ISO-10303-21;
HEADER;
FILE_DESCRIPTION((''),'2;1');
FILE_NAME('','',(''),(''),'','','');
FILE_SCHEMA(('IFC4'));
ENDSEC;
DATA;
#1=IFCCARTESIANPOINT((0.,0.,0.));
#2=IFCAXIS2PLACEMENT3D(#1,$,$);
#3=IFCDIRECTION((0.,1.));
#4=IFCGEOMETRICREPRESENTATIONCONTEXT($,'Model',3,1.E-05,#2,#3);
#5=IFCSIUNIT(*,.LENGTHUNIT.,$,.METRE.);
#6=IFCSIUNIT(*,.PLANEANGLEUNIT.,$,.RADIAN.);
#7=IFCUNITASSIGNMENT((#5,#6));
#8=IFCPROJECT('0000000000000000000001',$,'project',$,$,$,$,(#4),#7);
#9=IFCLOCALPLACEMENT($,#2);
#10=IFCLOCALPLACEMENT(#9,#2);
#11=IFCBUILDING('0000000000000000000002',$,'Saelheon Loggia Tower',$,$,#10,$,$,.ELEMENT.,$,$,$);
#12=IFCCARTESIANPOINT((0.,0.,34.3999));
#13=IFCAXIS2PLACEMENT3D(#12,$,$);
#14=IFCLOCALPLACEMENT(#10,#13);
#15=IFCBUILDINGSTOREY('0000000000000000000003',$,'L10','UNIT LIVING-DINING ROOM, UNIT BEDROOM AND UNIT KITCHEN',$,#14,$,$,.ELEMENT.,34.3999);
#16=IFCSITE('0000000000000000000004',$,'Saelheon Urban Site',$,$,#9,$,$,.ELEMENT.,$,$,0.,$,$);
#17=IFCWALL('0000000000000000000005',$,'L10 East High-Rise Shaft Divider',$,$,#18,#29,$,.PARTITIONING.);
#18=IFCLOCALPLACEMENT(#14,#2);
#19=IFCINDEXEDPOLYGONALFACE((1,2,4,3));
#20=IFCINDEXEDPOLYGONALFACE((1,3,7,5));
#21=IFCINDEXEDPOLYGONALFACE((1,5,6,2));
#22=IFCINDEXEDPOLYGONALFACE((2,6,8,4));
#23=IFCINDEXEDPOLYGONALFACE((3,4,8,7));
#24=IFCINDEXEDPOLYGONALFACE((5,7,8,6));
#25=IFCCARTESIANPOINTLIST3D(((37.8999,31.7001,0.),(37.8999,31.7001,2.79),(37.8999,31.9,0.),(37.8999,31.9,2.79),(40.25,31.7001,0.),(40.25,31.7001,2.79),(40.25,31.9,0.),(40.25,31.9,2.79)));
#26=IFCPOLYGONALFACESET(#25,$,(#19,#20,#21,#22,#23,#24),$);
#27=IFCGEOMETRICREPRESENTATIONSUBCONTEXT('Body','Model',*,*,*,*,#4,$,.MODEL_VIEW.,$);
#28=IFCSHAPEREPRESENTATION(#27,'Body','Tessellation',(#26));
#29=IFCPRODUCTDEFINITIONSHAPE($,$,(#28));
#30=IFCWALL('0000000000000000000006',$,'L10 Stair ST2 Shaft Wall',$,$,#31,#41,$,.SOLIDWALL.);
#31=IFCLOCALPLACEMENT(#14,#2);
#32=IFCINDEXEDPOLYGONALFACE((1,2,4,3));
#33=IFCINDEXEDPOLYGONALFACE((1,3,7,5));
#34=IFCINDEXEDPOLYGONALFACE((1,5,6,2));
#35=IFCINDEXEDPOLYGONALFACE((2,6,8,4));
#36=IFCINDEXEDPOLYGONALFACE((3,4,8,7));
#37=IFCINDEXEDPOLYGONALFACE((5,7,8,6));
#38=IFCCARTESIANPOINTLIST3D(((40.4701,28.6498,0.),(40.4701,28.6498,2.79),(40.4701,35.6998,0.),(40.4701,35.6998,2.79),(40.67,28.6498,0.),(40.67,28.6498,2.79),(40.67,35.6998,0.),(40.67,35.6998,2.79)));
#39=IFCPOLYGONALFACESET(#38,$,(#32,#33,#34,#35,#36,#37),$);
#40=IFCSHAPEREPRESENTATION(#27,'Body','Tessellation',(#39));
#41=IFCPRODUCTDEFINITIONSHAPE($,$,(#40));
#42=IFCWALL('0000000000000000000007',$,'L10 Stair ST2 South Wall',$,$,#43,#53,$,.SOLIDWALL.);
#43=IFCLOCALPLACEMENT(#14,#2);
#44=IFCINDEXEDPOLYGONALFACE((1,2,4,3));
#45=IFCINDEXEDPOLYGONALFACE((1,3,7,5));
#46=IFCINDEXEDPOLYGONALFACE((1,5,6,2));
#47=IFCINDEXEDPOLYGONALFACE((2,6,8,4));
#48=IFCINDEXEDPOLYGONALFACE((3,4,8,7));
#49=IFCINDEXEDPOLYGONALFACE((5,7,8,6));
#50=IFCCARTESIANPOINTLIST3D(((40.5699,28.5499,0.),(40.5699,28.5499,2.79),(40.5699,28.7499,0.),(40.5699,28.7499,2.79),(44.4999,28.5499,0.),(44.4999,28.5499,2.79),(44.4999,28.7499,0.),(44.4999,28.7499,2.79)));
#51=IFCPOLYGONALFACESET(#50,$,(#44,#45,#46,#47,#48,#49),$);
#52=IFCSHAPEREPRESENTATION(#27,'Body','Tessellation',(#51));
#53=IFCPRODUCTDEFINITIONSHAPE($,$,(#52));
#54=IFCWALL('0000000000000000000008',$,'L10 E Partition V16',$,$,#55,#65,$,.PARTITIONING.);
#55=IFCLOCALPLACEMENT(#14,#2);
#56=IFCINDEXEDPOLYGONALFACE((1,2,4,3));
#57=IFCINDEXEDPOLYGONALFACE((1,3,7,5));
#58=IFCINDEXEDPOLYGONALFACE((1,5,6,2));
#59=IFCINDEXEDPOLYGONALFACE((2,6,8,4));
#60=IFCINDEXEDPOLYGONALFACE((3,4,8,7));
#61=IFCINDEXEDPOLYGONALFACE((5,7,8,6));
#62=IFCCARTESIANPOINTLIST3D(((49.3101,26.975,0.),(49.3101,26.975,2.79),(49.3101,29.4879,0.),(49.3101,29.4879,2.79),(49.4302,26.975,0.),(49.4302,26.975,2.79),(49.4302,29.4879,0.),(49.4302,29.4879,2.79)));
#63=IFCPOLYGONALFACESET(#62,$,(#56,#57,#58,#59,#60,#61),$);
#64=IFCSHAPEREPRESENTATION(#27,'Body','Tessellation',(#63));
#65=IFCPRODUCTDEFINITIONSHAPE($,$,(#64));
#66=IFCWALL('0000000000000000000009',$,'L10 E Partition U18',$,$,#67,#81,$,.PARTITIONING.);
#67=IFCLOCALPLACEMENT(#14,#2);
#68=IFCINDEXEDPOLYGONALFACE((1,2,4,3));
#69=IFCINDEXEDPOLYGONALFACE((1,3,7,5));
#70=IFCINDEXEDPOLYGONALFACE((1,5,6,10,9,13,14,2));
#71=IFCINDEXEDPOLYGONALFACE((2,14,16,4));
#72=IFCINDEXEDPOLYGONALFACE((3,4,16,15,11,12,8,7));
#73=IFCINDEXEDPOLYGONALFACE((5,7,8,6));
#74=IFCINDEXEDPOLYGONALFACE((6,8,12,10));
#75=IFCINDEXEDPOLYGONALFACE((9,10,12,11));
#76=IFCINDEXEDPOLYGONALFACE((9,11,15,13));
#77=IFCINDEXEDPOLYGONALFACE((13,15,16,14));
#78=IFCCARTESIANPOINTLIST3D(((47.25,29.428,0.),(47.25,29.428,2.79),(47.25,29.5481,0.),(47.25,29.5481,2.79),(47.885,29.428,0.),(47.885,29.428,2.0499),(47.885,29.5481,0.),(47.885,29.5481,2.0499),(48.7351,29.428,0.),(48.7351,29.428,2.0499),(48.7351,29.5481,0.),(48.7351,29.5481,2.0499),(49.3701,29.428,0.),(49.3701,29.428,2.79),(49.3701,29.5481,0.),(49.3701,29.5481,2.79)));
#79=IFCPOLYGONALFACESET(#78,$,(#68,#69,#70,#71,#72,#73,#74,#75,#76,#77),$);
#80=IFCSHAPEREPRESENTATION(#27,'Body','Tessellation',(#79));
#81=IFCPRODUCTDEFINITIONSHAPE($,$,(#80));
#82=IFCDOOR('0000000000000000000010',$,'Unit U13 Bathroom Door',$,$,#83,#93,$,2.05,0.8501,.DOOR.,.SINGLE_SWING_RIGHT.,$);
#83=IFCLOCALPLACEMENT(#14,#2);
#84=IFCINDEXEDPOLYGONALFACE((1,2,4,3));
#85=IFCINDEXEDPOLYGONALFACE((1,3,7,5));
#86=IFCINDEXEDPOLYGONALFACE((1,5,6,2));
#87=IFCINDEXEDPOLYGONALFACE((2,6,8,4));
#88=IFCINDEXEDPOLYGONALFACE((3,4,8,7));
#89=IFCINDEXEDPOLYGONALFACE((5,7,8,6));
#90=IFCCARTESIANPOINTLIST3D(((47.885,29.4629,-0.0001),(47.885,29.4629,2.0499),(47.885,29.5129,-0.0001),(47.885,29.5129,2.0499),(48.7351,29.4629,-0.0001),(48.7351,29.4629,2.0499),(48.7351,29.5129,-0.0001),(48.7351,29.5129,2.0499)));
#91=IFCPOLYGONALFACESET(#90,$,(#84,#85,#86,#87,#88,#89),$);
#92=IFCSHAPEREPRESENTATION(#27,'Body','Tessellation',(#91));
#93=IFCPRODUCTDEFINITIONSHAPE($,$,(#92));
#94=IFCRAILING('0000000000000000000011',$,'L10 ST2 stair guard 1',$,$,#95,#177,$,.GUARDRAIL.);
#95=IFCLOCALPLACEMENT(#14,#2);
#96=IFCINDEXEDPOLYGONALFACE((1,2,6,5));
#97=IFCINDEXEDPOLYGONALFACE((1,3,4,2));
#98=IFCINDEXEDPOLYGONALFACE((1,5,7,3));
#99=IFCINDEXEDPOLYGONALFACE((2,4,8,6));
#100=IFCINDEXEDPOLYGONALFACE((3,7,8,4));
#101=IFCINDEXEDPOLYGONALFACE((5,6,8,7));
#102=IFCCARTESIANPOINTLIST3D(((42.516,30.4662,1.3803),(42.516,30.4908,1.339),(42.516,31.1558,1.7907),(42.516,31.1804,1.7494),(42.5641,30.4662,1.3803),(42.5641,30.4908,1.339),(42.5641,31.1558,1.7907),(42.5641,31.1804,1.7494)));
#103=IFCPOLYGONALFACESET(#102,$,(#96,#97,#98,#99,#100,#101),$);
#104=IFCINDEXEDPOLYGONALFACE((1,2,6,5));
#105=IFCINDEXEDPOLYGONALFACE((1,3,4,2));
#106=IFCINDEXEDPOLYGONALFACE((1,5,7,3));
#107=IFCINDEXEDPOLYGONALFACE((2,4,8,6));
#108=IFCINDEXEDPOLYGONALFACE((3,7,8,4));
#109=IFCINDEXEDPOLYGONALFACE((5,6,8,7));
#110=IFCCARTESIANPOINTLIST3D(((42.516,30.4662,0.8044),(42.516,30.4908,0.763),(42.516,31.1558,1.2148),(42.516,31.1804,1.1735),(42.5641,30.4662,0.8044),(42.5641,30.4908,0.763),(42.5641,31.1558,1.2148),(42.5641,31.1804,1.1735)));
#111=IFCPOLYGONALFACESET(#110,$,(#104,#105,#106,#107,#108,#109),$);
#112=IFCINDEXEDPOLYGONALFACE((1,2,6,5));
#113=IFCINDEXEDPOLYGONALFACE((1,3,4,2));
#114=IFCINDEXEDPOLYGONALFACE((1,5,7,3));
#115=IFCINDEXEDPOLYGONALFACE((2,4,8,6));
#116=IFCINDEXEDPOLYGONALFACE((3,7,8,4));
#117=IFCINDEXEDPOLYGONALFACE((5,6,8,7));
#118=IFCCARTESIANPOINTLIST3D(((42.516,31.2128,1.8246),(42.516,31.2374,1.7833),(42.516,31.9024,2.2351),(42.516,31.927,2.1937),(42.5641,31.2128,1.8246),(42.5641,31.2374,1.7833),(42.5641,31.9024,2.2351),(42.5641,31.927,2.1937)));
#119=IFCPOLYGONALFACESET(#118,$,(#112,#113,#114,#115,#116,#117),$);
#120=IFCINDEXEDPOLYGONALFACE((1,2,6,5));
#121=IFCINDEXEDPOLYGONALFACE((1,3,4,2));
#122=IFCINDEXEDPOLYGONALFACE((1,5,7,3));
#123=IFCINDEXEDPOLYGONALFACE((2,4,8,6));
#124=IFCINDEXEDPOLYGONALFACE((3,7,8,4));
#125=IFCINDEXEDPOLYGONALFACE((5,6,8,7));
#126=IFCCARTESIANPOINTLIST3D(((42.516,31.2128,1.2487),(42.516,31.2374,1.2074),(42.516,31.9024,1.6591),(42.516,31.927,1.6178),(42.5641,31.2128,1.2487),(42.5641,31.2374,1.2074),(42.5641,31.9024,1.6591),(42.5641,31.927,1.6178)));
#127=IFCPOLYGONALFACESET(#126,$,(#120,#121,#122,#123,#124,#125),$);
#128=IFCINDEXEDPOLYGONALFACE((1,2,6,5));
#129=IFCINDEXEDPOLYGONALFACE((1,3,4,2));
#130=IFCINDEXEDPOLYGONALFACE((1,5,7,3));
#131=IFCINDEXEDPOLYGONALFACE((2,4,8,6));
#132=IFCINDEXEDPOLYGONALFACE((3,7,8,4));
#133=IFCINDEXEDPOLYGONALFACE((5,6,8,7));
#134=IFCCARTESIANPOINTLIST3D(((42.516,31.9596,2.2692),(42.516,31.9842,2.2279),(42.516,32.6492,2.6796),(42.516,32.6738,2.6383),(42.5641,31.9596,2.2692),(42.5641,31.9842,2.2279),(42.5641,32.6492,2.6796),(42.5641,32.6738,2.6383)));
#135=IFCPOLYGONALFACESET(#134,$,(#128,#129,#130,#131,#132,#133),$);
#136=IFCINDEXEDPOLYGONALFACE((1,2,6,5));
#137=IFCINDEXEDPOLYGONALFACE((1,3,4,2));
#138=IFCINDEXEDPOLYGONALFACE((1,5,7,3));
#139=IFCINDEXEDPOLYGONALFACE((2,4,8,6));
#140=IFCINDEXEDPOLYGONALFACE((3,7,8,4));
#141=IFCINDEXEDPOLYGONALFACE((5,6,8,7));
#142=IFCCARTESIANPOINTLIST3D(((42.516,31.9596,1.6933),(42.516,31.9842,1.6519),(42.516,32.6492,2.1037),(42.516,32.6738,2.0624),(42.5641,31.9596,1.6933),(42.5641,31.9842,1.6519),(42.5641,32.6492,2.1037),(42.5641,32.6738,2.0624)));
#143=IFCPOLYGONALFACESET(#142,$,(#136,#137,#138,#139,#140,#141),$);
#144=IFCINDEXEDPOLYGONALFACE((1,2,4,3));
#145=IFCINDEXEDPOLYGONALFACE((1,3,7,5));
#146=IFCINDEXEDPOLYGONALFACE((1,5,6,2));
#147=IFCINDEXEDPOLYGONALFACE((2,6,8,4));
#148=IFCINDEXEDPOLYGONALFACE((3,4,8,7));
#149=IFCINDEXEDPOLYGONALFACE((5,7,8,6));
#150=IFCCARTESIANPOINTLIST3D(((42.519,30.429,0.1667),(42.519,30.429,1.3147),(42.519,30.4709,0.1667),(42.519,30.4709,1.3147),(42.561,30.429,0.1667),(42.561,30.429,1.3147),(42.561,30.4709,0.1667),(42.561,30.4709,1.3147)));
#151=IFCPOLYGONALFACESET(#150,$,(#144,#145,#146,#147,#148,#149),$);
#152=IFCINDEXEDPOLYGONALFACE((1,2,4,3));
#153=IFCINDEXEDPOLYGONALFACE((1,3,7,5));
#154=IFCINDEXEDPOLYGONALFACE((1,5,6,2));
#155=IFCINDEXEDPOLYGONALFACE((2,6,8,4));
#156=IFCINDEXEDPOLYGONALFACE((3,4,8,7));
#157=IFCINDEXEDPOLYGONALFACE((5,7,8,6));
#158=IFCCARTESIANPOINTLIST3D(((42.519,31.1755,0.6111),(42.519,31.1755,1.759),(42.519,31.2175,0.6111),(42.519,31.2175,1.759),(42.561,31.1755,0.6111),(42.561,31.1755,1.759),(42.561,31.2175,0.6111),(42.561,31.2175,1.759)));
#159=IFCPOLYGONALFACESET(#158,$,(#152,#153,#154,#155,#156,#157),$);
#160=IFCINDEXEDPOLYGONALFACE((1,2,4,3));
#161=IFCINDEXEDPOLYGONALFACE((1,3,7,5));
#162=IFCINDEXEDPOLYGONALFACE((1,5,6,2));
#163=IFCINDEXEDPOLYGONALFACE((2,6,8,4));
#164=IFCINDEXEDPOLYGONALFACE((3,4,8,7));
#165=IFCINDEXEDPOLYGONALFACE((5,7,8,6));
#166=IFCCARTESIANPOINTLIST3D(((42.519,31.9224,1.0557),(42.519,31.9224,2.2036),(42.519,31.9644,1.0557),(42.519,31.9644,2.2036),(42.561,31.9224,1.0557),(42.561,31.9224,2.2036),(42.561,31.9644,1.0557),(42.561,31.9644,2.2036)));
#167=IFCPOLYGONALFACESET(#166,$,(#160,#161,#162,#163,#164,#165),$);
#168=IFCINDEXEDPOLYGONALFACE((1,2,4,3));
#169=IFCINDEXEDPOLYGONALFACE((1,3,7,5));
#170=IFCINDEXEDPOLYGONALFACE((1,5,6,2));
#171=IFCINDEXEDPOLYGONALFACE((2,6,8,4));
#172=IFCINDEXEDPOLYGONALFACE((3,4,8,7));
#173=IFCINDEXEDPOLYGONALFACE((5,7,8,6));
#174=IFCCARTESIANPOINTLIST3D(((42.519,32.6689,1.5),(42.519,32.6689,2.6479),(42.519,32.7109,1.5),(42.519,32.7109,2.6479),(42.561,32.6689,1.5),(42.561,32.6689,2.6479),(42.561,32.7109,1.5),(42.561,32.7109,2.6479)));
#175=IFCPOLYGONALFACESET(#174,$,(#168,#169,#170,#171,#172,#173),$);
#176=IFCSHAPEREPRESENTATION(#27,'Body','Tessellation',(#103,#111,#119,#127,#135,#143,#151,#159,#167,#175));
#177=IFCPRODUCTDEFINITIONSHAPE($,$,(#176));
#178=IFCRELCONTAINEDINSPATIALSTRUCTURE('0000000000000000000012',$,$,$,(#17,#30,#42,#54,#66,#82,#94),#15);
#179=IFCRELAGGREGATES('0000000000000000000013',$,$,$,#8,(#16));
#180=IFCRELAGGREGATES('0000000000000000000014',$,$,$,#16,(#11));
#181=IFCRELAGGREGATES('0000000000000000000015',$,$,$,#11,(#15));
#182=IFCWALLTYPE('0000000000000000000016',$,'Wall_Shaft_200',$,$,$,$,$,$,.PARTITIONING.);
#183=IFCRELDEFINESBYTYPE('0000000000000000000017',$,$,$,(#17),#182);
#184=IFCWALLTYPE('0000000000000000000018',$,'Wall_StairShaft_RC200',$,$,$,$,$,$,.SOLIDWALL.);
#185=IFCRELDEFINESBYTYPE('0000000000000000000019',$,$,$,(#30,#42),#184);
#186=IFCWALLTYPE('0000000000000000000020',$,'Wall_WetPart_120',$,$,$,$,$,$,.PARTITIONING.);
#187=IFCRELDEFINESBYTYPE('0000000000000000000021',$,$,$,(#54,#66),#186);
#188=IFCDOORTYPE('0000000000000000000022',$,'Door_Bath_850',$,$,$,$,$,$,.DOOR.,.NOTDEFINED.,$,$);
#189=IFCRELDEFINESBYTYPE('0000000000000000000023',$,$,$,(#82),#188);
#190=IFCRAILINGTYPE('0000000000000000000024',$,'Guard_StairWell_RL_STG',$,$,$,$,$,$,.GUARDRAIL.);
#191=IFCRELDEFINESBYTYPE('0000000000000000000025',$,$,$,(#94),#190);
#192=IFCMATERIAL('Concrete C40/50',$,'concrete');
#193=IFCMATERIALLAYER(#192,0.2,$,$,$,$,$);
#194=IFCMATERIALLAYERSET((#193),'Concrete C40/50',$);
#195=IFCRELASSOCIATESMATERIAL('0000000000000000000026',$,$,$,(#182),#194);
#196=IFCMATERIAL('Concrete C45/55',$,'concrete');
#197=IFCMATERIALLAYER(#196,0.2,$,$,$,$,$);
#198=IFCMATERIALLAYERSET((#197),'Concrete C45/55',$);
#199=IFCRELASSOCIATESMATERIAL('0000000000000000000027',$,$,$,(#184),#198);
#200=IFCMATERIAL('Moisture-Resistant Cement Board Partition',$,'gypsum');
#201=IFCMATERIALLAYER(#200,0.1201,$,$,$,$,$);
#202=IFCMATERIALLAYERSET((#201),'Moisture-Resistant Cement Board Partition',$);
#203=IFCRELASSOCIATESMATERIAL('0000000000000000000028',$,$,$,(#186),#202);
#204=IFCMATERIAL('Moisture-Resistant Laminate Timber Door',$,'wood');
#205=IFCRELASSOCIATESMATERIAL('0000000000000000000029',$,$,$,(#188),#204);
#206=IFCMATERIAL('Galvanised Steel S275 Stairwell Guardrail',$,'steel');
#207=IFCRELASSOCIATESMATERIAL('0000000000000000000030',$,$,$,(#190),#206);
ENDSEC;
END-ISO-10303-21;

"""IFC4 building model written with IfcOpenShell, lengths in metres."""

from ifc_helpers import new_model, si_unit, direction, frame, frame_2d, origin, origin_2d, place, context, subcontext, project, spatial, rectangle, extrude, source, transform, mapped, material, layer, layer_set, type_object, element, fill, save


model = new_model("IFC4")

# Units and contexts
model_context = context("Model", 3, precision=1e-05, world=origin(), true_north=direction((0.0, 1.0)))
body_context = subcontext(model_context, "Body", "Model", "MODEL_VIEW")
ifc_project = project(units=[si_unit("LENGTHUNIT", "METRE"), si_unit("PLANEANGLEUNIT", "RADIAN")], contexts=[model_context])

# Site, building, storey
site_placement = place(None, origin())
site = spatial("IfcSite", under=ifc_project, at=site_placement, Name="Saelheon Urban Site", CompositionType="ELEMENT", RefElevation=0.0)
building_placement = place(site_placement, origin())
building = spatial("IfcBuilding", under=site, at=building_placement, Name="Saelheon Loggia Tower", CompositionType="ELEMENT")
storey_placement = place(building_placement, frame((0.0, 0.0, 34.3999)))
storey = spatial("IfcBuildingStorey", under=building, at=storey_placement, Name="L10", Description="UNIT LIVING-DINING ROOM, UNIT BEDROOM AND UNIT KITCHEN", CompositionType="ELEMENT", Elevation=34.3999)

# Shared definitions
ifc_material_1 = material(Name="Concrete C40/50", Category="concrete")
ifc_layer_1 = layer(ifc_material_1, 0.2)
ifc_layer_set_1 = layer_set([ifc_layer_1], Name="Concrete C40/50")
wall_type_1 = type_object("IfcWallType", Name="Wall_Shaft_200", PredefinedType="PARTITIONING", material=ifc_layer_set_1)

# Walls
wall_1_placement = place(storey_placement, frame((37.8999, 31.8, 0.0), z_axis=(0.0, 0.0, 1.0), x_axis=(1.0, 0.0, 0.0)))
element("IfcWall", 1, at=wall_1_placement, inside=storey, type_object=wall_type_1, Name="L10 East High-Rise Shaft Divider", PredefinedType="PARTITIONING", context=body_context, shape_type="SweptSolid", body=[
    extrude(rectangle(XDim=2.3501, YDim=0.2, at=frame_2d((1.175, 0.0))), origin(), (0.0, 0.0, 1.0), 2.79),
])
ifc_material_2 = material(Name="Concrete C45/55", Category="concrete")
ifc_layer_2 = layer(ifc_material_2, 0.2)
ifc_layer_set_2 = layer_set([ifc_layer_2], Name="Concrete C45/55")
wall_type_2 = type_object("IfcWallType", Name="Wall_StairShaft_RC200", PredefinedType="SOLIDWALL", material=ifc_layer_set_2)
wall_2_placement = place(storey_placement, frame((40.5701, 28.6499, 0.0), z_axis=(0.0, 0.0, 1.0), x_axis=(0.0, 1.0, 0.0)))
element("IfcWall", 2, at=wall_2_placement, inside=storey, type_object=wall_type_2, Name="L10 Stair ST2 Shaft Wall", PredefinedType="SOLIDWALL", context=body_context, shape_type="SweptSolid", body=[
    extrude(rectangle(XDim=7.05, YDim=0.2, at=frame_2d((3.5249, 0.0))), origin(), (0.0, 0.0, 1.0), 2.79),
])
wall_3_placement = place(storey_placement, frame((40.5701, 28.6499, 0.0), z_axis=(0.0, 0.0, 1.0), x_axis=(1.0, 0.0, 0.0)))
element("IfcWall", 3, at=wall_3_placement, inside=storey, type_object=wall_type_2, Name="L10 Stair ST2 South Wall", PredefinedType="SOLIDWALL", context=body_context, shape_type="SweptSolid", body=[
    extrude(rectangle(XDim=3.9299, YDim=0.2, at=frame_2d((1.9648, 0.0))), origin(), (0.0, 0.0, 1.0), 2.79),
])
ifc_material_3 = material(Name="Moisture-Resistant Cement Board Partition", Category="gypsum")
ifc_layer_3 = layer(ifc_material_3, 0.1201)
ifc_layer_set_3 = layer_set([ifc_layer_3], Name="Moisture-Resistant Cement Board Partition")
wall_type_3 = type_object("IfcWallType", Name="Wall_WetPart_120", PredefinedType="PARTITIONING", material=ifc_layer_set_3)
wall_4_placement = place(storey_placement, frame((49.3701, 26.9751, 0.0), z_axis=(0.0, 0.0, 1.0), x_axis=(0.0, 1.0, 0.0)))
element("IfcWall", 4, at=wall_4_placement, inside=storey, type_object=wall_type_3, Name="L10 E Partition V16", PredefinedType="PARTITIONING", context=body_context, shape_type="SweptSolid", body=[
    extrude(rectangle(XDim=2.5129, YDim=0.1201, at=frame_2d((1.2563, 0.0))), origin(), (0.0, 0.0, 1.0), 2.79),
])

# Wall, opening, door
wall_5_placement = place(storey_placement, frame((47.25, 29.488, 0.0), z_axis=(0.0, 0.0, 1.0), x_axis=(1.0, 0.0, 0.0)))
wall_5 = element("IfcWall", 5, at=wall_5_placement, inside=storey, type_object=wall_type_3, Name="L10 E Partition U18", PredefinedType="PARTITIONING", context=body_context, shape_type="SweptSolid", body=[
    extrude(rectangle(XDim=2.1201, YDim=0.1201, at=frame_2d((1.0601, 0.0))), origin(), (0.0, 0.0, 1.0), 2.79),
])
opening_1_placement = place(wall_5_placement, frame((0.635, 0.0, 0.0)))
opening_1 = element("IfcOpeningElement", 6, at=opening_1_placement, cuts=wall_5, PredefinedType="OPENING", context=body_context, shape_type="SweptSolid", body=[
    extrude(rectangle(XDim=0.8501, YDim=2.05, at=frame_2d((0.425, 1.0249))), frame((0.0, 0.072, 0.0), z_axis=(0.0, -1.0, 0.0), x_axis=(1.0, 0.0, 0.0)), (0.0, 0.0, 1.0), 0.144),
])
ifc_material_4 = material(Name="Moisture-Resistant Laminate Timber Door", Category="wood")
door_type_1 = type_object("IfcDoorType", Name="Door_Bath_850", OperationType="NOTDEFINED", PredefinedType="DOOR", material=ifc_material_4)
shared_shape_1 = source(origin(), body_context, "Body", "SweptSolid", [
    extrude(rectangle(XDim=0.8501, YDim=2.05, at=frame_2d((0.425, 1.0249))), frame((0.0, 0.0249, 0.0), z_axis=(0.0, -1.0, 0.0), x_axis=(1.0, 0.0, 0.0)), (0.0, 0.0, 1.0), 0.05),
])
door_1_placement = place(opening_1_placement, origin())
door_1 = element("IfcDoor", 7, at=door_1_placement, inside=storey, type_object=door_type_1, Name="Unit U13 Bathroom Door", OperationType="SINGLE_SWING_RIGHT", OverallHeight=2.05, OverallWidth=0.8501, PredefinedType="DOOR", context=body_context, shape_type="MappedRepresentation", body=[
    mapped(shared_shape_1, transform((0.0, 0.0, 0.0), scale=1.0)),
])
fill(opening_1, door_1)

# Railing
ifc_material_5 = material(Name="Galvanised Steel S275 Stairwell Guardrail", Category="steel")
railing_type_1 = type_object("IfcRailingType", Name="Guard_StairWell_RL_STG", PredefinedType="GUARDRAIL", material=ifc_material_5)
railing_1_placement = place(storey_placement, frame((42.54, 30.45, 0.1667)))
element("IfcRailing", 8, at=railing_1_placement, inside=storey, type_object=railing_type_1, Name="L10 ST2 stair guard 1", PredefinedType="GUARDRAIL", context=body_context, shape_type="SweptSolid", body=[
    extrude(rectangle(XDim=0.0481, YDim=0.0481, at=origin_2d()), frame((0.0, 0.0286, 1.1929), z_axis=(0.0, 0.859306, 0.511462), x_axis=(-1.0, 0.0, 0.0)), (0.0, 0.0, 1.0), 0.8025),
    extrude(rectangle(XDim=0.0481, YDim=0.0481, at=origin_2d()), frame((0.0, 0.0286, 0.6169), z_axis=(0.0, 0.859306, 0.511462), x_axis=(-1.0, 0.0, 0.0)), (0.0, 0.0, 1.0), 0.8025),
    extrude(rectangle(XDim=0.0481, YDim=0.0481, at=origin_2d()), frame((0.0, 0.7751, 1.6372), z_axis=(0.0, 0.859306, 0.511462), x_axis=(-1.0, 0.0, 0.0)), (0.0, 0.0, 1.0), 0.8025),
    extrude(rectangle(XDim=0.0481, YDim=0.0481, at=origin_2d()), frame((0.0, 0.7751, 1.0613), z_axis=(0.0, 0.859306, 0.511462), x_axis=(-1.0, 0.0, 0.0)), (0.0, 0.0, 1.0), 0.8025),
    extrude(rectangle(XDim=0.0481, YDim=0.0481, at=origin_2d()), frame((0.0, 1.522, 2.0818), z_axis=(0.0, 0.859306, 0.511462), x_axis=(-1.0, 0.0, 0.0)), (0.0, 0.0, 1.0), 0.8025),
    extrude(rectangle(XDim=0.0481, YDim=0.0481, at=origin_2d()), frame((0.0, 1.522, 1.5059), z_axis=(0.0, 0.859306, 0.511462), x_axis=(-1.0, 0.0, 0.0)), (0.0, 0.0, 1.0), 0.8025),
    extrude(rectangle(XDim=0.042, YDim=0.042, at=origin_2d()), origin(), (0.0, 0.0, 1.0), 1.1479),
    extrude(rectangle(XDim=0.042, YDim=0.042, at=origin_2d()), frame((0.0, 0.7466, 0.4443)), (0.0, 0.0, 1.0), 1.1479),
    extrude(rectangle(XDim=0.042, YDim=0.042, at=origin_2d()), frame((0.0, 1.4934, 0.8889)), (0.0, 0.0, 1.0), 1.1479),
    extrude(rectangle(XDim=0.042, YDim=0.042, at=origin_2d()), frame((0.0, 2.24, 1.3333)), (0.0, 0.0, 1.0), 1.1479),
])

save(model, "model.ifc")
